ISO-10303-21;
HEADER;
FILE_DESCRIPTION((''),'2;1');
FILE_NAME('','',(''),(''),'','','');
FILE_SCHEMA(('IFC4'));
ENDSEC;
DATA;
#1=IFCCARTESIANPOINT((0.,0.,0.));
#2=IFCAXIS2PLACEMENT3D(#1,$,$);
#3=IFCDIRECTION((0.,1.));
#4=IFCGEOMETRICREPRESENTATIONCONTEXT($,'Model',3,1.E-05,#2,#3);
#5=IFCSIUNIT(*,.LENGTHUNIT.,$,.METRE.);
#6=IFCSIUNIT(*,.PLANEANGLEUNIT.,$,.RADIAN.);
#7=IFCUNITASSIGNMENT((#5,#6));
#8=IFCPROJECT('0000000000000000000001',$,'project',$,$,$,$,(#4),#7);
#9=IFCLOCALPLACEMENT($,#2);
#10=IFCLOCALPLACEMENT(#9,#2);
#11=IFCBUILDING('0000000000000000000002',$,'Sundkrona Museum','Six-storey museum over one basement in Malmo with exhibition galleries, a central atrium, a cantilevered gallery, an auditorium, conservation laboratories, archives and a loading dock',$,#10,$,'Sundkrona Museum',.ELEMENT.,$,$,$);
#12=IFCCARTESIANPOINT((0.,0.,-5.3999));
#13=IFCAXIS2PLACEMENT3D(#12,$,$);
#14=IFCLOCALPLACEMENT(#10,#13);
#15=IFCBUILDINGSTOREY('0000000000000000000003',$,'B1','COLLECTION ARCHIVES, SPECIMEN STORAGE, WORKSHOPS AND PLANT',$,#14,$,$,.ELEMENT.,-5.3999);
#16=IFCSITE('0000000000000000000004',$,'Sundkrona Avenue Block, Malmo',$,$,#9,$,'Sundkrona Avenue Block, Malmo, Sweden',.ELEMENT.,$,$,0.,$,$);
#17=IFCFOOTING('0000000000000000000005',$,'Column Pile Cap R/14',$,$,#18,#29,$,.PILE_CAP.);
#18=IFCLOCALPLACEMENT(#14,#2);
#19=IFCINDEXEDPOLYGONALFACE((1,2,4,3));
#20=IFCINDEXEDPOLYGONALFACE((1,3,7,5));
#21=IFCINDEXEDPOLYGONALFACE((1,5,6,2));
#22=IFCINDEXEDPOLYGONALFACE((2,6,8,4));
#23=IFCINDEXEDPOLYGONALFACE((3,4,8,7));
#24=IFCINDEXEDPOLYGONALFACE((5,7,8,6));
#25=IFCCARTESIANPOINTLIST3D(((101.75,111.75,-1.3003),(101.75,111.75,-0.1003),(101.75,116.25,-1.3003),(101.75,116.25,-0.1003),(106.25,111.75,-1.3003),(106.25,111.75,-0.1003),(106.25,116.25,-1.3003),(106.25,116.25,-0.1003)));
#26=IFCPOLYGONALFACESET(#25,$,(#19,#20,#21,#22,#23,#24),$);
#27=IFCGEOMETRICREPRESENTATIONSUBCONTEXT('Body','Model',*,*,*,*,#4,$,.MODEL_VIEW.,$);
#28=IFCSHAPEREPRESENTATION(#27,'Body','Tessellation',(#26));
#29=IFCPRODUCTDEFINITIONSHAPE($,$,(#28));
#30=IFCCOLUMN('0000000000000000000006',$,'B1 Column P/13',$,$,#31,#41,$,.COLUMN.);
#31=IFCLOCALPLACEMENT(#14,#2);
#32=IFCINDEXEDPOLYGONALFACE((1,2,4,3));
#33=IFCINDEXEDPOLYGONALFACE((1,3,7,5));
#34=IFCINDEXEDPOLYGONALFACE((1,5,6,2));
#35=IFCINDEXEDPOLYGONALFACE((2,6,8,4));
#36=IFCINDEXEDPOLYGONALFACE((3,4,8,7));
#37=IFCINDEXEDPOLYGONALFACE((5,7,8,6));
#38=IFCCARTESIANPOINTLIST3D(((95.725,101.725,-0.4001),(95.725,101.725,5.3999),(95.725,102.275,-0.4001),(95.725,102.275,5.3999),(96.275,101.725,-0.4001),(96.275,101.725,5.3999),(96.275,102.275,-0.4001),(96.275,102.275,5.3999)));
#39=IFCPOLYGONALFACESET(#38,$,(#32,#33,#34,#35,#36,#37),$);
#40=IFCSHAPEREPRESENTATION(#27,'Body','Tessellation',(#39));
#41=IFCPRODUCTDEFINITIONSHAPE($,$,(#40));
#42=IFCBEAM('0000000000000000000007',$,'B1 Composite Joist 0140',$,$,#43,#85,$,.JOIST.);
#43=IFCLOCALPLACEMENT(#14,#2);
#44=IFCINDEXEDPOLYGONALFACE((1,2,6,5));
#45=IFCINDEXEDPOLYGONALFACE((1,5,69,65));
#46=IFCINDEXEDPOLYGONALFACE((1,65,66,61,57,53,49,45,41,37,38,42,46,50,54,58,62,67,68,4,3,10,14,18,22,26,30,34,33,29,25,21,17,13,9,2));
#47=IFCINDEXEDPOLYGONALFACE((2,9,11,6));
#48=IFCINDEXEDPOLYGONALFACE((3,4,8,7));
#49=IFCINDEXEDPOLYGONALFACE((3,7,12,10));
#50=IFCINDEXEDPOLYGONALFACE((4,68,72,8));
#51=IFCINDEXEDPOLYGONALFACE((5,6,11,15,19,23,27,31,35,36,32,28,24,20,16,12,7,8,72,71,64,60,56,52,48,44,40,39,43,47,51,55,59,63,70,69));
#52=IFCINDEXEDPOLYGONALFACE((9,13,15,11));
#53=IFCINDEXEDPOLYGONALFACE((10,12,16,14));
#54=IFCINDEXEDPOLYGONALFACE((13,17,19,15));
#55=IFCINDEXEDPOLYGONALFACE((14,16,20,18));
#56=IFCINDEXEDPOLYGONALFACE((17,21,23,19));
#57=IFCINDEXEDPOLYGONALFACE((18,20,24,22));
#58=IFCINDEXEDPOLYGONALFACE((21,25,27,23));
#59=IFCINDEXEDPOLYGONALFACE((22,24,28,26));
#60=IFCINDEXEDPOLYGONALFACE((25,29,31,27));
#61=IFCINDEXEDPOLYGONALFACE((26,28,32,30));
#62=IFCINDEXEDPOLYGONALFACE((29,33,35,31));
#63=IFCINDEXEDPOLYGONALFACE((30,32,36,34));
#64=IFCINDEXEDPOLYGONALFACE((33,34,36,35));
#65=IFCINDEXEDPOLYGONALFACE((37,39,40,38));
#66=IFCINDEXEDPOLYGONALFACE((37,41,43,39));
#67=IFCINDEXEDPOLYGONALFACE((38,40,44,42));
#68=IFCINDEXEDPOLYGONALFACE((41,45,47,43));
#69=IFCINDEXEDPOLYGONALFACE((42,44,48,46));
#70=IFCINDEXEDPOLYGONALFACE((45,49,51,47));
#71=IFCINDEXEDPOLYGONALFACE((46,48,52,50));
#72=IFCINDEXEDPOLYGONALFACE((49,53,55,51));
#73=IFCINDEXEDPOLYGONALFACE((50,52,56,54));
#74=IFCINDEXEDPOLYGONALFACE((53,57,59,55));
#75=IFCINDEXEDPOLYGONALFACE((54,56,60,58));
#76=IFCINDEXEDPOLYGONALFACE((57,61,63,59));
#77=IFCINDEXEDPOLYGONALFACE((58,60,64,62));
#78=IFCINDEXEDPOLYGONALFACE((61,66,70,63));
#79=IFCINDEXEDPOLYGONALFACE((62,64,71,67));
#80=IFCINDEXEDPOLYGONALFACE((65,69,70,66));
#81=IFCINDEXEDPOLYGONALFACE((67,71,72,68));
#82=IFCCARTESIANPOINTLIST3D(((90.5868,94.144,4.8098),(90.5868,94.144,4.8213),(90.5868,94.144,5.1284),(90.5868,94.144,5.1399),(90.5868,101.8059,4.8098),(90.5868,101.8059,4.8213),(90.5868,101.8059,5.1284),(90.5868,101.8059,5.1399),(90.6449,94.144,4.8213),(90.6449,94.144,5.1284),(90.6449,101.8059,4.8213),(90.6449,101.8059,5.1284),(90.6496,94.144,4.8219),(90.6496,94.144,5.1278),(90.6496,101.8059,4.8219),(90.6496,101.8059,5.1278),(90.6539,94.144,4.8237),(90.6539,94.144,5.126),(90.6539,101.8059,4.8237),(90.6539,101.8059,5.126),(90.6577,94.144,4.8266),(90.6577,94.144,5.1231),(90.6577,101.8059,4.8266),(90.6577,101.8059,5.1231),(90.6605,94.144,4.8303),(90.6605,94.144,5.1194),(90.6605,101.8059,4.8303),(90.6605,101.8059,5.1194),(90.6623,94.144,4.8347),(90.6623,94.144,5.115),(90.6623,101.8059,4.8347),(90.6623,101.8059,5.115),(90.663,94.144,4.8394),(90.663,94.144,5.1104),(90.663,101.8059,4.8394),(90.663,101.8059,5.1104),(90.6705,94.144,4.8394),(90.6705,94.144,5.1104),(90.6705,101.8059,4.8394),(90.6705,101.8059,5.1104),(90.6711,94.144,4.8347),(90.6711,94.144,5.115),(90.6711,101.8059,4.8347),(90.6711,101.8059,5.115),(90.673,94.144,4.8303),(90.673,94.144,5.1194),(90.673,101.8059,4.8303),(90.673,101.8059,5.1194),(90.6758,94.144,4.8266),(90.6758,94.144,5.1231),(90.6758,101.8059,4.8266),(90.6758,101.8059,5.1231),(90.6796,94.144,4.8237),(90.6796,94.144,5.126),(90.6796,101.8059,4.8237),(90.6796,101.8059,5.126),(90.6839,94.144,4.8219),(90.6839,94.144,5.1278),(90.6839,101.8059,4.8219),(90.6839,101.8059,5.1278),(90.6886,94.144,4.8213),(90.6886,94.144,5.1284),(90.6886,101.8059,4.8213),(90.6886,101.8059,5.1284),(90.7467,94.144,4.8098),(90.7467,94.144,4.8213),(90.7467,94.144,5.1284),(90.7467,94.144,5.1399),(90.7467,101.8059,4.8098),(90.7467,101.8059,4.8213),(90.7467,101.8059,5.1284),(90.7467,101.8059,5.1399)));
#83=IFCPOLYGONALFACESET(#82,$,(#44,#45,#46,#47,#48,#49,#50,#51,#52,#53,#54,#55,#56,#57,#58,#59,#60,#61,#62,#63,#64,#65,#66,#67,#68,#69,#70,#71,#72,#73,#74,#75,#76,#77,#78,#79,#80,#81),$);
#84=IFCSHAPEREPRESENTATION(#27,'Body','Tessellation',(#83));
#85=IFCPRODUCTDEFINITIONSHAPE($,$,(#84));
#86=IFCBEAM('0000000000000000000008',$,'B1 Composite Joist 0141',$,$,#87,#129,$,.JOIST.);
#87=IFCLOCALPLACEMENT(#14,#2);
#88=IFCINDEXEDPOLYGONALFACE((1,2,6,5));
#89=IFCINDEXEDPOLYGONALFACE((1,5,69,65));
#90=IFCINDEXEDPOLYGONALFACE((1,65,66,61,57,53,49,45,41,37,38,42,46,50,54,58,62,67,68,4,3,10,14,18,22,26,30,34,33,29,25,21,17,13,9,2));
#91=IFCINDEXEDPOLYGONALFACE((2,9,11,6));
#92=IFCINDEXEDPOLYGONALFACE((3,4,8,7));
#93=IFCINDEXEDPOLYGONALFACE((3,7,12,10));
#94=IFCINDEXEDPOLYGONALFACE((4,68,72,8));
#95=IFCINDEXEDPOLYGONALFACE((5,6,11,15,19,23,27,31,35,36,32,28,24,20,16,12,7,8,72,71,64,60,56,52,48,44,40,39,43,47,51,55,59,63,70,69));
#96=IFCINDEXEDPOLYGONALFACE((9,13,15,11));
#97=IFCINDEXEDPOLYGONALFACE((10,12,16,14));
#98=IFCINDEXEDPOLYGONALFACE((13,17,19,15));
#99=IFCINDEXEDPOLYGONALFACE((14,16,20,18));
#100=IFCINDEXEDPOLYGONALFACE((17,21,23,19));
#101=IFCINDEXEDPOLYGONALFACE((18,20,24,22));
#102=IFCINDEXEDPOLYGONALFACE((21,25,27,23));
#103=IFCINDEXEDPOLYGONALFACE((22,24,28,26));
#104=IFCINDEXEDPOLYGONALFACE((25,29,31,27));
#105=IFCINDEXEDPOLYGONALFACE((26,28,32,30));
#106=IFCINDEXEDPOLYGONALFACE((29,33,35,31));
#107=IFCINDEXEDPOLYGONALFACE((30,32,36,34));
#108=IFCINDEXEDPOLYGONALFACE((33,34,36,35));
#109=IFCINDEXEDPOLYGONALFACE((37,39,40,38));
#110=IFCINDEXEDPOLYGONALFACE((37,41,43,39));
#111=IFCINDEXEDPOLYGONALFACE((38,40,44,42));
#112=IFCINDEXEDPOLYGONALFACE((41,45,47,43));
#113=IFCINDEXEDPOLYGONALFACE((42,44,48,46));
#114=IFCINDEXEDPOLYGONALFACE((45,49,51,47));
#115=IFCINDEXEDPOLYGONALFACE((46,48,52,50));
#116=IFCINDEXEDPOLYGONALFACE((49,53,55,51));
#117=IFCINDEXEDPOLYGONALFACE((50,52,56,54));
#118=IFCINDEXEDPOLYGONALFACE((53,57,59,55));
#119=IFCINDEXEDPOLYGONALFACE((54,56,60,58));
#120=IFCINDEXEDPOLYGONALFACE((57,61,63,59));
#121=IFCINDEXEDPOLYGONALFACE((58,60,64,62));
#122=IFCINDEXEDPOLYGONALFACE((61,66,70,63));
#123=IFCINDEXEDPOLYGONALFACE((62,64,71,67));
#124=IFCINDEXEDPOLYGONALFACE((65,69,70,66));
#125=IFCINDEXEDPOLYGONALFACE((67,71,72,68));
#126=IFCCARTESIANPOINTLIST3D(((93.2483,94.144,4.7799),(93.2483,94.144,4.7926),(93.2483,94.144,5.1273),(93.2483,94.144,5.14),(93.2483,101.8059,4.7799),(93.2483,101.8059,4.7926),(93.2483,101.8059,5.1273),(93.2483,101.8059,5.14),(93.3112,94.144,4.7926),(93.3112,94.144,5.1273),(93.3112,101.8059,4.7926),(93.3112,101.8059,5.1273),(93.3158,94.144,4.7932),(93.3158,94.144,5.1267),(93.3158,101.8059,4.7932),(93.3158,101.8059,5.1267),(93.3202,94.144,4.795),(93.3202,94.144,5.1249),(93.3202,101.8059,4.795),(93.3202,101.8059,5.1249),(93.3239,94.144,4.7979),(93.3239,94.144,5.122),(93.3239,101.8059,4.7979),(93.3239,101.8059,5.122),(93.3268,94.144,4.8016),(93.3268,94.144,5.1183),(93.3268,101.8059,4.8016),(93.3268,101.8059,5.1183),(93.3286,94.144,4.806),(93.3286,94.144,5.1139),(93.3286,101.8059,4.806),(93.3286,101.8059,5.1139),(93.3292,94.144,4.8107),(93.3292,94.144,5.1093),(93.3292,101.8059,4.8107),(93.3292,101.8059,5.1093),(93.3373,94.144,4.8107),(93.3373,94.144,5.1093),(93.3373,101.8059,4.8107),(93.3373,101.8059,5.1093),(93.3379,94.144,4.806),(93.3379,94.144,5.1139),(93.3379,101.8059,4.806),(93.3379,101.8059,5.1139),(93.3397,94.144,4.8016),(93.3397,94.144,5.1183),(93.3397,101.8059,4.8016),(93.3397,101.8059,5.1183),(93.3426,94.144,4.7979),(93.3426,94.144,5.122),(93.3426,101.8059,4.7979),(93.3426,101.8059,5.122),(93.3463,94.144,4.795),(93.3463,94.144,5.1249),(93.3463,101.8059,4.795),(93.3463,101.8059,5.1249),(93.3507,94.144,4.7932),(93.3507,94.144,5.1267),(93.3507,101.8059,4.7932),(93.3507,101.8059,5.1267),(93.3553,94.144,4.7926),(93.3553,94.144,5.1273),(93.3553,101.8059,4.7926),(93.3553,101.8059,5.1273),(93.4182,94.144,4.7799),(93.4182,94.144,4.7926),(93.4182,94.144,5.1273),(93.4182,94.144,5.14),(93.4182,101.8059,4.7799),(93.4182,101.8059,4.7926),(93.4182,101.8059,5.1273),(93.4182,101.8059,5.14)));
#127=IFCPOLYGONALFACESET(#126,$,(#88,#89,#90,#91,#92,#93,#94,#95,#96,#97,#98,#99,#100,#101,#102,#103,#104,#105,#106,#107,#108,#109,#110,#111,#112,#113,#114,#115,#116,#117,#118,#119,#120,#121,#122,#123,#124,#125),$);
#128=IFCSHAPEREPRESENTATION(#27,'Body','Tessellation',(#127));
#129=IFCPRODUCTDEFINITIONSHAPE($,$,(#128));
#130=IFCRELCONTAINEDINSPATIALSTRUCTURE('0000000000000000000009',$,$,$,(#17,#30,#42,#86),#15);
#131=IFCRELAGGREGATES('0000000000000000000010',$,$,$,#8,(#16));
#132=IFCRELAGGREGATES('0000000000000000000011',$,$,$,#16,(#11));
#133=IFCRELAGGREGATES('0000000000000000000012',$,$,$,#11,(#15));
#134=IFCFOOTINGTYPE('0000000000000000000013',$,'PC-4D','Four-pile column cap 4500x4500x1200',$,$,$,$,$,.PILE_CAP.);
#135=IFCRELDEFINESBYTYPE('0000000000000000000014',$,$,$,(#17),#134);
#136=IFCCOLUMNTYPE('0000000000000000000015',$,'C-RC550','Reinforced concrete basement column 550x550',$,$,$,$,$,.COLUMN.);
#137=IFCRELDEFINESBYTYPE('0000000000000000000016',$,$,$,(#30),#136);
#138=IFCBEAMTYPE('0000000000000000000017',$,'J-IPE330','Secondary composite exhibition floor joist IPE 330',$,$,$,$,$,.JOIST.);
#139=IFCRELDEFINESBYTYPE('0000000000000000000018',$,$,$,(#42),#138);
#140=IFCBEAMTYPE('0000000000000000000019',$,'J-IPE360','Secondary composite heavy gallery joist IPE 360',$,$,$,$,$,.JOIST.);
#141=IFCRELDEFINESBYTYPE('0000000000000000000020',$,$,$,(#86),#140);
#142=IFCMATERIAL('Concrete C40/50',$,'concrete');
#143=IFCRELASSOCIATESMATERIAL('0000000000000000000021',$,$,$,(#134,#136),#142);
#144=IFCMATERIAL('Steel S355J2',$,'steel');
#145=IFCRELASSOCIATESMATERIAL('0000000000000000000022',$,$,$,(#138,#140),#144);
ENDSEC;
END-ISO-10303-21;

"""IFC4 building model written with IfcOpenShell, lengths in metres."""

from ifc_helpers import new_model, si_unit, direction, frame, origin, origin_2d, place, context, subcontext, project, spatial, rectangle, i_section, extrude, material, material_profile, profile_set, type_object, element, save


model = new_model("IFC4")

# Units and contexts
model_context = context("Model", 3, precision=1e-05, world=origin(), true_north=direction((0.0, 1.0)))
body_context = subcontext(model_context, "Body", "Model", "MODEL_VIEW")
ifc_project = project(units=[si_unit("LENGTHUNIT", "METRE"), si_unit("PLANEANGLEUNIT", "RADIAN")], contexts=[model_context])

# Site, building, storey
site_placement = place(None, origin())
site = spatial("IfcSite", under=ifc_project, at=site_placement, Name="Sundkrona Avenue Block, Malmo", LongName="Sundkrona Avenue Block, Malmo, Sweden", CompositionType="ELEMENT", RefElevation=0.0)
building_placement = place(site_placement, origin())
building = spatial("IfcBuilding", under=site, at=building_placement, Name="Sundkrona Museum", Description="Six-storey museum over one basement in Malmo with exhibition galleries, a central atrium, a cantilevered gallery, an auditorium, conservation laboratories, archives and a loading dock", LongName="Sundkrona Museum", CompositionType="ELEMENT")
storey_placement = place(building_placement, frame((0.0, 0.0, -5.3999)))
storey = spatial("IfcBuildingStorey", under=building, at=storey_placement, Name="B1", Description="COLLECTION ARCHIVES, SPECIMEN STORAGE, WORKSHOPS AND PLANT", CompositionType="ELEMENT", Elevation=-5.3999)

# Shared definitions
ifc_material_1 = material(Name="Concrete C40/50", Category="concrete")

# Footing
footing_type_1 = type_object("IfcFootingType", Name="PC-4D", Description="Four-pile column cap 4500x4500x1200", PredefinedType="PILE_CAP", material=ifc_material_1)
footing_1_placement = place(storey_placement, frame((104.0, 114.0, -1.3003), z_axis=(0.0, 0.0, 1.0), x_axis=(1.0, 0.0, 0.0)))
element("IfcFooting", 1, at=footing_1_placement, inside=storey, type_object=footing_type_1, Name="Column Pile Cap R/14", PredefinedType="PILE_CAP", context=body_context, shape_type="SweptSolid", body=[
    extrude(rectangle(XDim=4.5, YDim=4.5, at=origin_2d()), origin(), (0.0, 0.0, 1.0), 1.2),
])

# Column
ifc_material_profile_1 = material_profile(ifc_material_1, rectangle(XDim=0.55, YDim=0.55, at=origin_2d()), Name="RC 550x550")
ifc_profile_set_1 = profile_set([ifc_material_profile_1], Name="Concrete C40/50")
column_type = type_object("IfcColumnType", Name="C-RC550", Description="Reinforced concrete basement column 550x550", PredefinedType="COLUMN", material=ifc_profile_set_1)
column_placement = place(storey_placement, frame((96.0, 102.0, -0.4001), z_axis=(0.0, 0.0, 1.0), x_axis=(1.0, 0.0, 0.0)))
element("IfcColumn", 2, at=column_placement, inside=storey, type_object=column_type, Name="B1 Column P/13", PredefinedType="COLUMN", context=body_context, shape_type="SweptSolid", body=[
    extrude(rectangle(XDim=0.55, YDim=0.55, at=origin_2d()), origin(), (0.0, 0.0, 1.0), 5.8),
])

# Beams
ifc_material_2 = material(Name="Steel S355J2", Category="steel")
ifc_material_profile_2 = material_profile(ifc_material_2, i_section(OverallWidth=0.1599, OverallDepth=0.3301, WebThickness=0.0076, FlangeThickness=0.0115, FilletRadius=0.0181, at=origin_2d()), Name="IPE 330")
ifc_profile_set_2 = profile_set([ifc_material_profile_2], Name="Steel S355J2")
beam_type_1 = type_object("IfcBeamType", Name="J-IPE330", Description="Secondary composite exhibition floor joist IPE 330", PredefinedType="JOIST", material=ifc_profile_set_2)
beam_1_placement = place(storey_placement, frame((90.6667, 94.144, 4.9749), z_axis=(0.0, 1.0, 0.0), x_axis=(-1.0, 0.0, 0.0)))
element("IfcBeam", 3, at=beam_1_placement, inside=storey, type_object=beam_type_1, Name="B1 Composite Joist 0140", PredefinedType="JOIST", context=body_context, shape_type="SweptSolid", body=[
    extrude(i_section(OverallWidth=0.1599, OverallDepth=0.3301, WebThickness=0.0076, FlangeThickness=0.0115, FilletRadius=0.0181, at=origin_2d()), origin(), (0.0, 0.0, 1.0), 7.6619),
])
ifc_material_profile_3 = material_profile(ifc_material_2, i_section(OverallWidth=0.1699, OverallDepth=0.3601, WebThickness=0.0081, FlangeThickness=0.0127, FilletRadius=0.0181, at=origin_2d()), Name="IPE 360")
ifc_profile_set_3 = profile_set([ifc_material_profile_3], Name="Steel S355J2")
beam_type_2 = type_object("IfcBeamType", Name="J-IPE360", Description="Secondary composite heavy gallery joist IPE 360", PredefinedType="JOIST", material=ifc_profile_set_3)
beam_2_placement = place(storey_placement, frame((93.3333, 94.144, 4.96), z_axis=(0.0, 1.0, 0.0), x_axis=(-1.0, 0.0, 0.0)))
element("IfcBeam", 4, at=beam_2_placement, inside=storey, type_object=beam_type_2, Name="B1 Composite Joist 0141", PredefinedType="JOIST", context=body_context, shape_type="SweptSolid", body=[
    extrude(i_section(OverallWidth=0.1699, OverallDepth=0.3601, WebThickness=0.0081, FlangeThickness=0.0127, FilletRadius=0.0181, at=origin_2d()), origin(), (0.0, 0.0, 1.0), 7.6619),
])

save(model, "model.ifc")
